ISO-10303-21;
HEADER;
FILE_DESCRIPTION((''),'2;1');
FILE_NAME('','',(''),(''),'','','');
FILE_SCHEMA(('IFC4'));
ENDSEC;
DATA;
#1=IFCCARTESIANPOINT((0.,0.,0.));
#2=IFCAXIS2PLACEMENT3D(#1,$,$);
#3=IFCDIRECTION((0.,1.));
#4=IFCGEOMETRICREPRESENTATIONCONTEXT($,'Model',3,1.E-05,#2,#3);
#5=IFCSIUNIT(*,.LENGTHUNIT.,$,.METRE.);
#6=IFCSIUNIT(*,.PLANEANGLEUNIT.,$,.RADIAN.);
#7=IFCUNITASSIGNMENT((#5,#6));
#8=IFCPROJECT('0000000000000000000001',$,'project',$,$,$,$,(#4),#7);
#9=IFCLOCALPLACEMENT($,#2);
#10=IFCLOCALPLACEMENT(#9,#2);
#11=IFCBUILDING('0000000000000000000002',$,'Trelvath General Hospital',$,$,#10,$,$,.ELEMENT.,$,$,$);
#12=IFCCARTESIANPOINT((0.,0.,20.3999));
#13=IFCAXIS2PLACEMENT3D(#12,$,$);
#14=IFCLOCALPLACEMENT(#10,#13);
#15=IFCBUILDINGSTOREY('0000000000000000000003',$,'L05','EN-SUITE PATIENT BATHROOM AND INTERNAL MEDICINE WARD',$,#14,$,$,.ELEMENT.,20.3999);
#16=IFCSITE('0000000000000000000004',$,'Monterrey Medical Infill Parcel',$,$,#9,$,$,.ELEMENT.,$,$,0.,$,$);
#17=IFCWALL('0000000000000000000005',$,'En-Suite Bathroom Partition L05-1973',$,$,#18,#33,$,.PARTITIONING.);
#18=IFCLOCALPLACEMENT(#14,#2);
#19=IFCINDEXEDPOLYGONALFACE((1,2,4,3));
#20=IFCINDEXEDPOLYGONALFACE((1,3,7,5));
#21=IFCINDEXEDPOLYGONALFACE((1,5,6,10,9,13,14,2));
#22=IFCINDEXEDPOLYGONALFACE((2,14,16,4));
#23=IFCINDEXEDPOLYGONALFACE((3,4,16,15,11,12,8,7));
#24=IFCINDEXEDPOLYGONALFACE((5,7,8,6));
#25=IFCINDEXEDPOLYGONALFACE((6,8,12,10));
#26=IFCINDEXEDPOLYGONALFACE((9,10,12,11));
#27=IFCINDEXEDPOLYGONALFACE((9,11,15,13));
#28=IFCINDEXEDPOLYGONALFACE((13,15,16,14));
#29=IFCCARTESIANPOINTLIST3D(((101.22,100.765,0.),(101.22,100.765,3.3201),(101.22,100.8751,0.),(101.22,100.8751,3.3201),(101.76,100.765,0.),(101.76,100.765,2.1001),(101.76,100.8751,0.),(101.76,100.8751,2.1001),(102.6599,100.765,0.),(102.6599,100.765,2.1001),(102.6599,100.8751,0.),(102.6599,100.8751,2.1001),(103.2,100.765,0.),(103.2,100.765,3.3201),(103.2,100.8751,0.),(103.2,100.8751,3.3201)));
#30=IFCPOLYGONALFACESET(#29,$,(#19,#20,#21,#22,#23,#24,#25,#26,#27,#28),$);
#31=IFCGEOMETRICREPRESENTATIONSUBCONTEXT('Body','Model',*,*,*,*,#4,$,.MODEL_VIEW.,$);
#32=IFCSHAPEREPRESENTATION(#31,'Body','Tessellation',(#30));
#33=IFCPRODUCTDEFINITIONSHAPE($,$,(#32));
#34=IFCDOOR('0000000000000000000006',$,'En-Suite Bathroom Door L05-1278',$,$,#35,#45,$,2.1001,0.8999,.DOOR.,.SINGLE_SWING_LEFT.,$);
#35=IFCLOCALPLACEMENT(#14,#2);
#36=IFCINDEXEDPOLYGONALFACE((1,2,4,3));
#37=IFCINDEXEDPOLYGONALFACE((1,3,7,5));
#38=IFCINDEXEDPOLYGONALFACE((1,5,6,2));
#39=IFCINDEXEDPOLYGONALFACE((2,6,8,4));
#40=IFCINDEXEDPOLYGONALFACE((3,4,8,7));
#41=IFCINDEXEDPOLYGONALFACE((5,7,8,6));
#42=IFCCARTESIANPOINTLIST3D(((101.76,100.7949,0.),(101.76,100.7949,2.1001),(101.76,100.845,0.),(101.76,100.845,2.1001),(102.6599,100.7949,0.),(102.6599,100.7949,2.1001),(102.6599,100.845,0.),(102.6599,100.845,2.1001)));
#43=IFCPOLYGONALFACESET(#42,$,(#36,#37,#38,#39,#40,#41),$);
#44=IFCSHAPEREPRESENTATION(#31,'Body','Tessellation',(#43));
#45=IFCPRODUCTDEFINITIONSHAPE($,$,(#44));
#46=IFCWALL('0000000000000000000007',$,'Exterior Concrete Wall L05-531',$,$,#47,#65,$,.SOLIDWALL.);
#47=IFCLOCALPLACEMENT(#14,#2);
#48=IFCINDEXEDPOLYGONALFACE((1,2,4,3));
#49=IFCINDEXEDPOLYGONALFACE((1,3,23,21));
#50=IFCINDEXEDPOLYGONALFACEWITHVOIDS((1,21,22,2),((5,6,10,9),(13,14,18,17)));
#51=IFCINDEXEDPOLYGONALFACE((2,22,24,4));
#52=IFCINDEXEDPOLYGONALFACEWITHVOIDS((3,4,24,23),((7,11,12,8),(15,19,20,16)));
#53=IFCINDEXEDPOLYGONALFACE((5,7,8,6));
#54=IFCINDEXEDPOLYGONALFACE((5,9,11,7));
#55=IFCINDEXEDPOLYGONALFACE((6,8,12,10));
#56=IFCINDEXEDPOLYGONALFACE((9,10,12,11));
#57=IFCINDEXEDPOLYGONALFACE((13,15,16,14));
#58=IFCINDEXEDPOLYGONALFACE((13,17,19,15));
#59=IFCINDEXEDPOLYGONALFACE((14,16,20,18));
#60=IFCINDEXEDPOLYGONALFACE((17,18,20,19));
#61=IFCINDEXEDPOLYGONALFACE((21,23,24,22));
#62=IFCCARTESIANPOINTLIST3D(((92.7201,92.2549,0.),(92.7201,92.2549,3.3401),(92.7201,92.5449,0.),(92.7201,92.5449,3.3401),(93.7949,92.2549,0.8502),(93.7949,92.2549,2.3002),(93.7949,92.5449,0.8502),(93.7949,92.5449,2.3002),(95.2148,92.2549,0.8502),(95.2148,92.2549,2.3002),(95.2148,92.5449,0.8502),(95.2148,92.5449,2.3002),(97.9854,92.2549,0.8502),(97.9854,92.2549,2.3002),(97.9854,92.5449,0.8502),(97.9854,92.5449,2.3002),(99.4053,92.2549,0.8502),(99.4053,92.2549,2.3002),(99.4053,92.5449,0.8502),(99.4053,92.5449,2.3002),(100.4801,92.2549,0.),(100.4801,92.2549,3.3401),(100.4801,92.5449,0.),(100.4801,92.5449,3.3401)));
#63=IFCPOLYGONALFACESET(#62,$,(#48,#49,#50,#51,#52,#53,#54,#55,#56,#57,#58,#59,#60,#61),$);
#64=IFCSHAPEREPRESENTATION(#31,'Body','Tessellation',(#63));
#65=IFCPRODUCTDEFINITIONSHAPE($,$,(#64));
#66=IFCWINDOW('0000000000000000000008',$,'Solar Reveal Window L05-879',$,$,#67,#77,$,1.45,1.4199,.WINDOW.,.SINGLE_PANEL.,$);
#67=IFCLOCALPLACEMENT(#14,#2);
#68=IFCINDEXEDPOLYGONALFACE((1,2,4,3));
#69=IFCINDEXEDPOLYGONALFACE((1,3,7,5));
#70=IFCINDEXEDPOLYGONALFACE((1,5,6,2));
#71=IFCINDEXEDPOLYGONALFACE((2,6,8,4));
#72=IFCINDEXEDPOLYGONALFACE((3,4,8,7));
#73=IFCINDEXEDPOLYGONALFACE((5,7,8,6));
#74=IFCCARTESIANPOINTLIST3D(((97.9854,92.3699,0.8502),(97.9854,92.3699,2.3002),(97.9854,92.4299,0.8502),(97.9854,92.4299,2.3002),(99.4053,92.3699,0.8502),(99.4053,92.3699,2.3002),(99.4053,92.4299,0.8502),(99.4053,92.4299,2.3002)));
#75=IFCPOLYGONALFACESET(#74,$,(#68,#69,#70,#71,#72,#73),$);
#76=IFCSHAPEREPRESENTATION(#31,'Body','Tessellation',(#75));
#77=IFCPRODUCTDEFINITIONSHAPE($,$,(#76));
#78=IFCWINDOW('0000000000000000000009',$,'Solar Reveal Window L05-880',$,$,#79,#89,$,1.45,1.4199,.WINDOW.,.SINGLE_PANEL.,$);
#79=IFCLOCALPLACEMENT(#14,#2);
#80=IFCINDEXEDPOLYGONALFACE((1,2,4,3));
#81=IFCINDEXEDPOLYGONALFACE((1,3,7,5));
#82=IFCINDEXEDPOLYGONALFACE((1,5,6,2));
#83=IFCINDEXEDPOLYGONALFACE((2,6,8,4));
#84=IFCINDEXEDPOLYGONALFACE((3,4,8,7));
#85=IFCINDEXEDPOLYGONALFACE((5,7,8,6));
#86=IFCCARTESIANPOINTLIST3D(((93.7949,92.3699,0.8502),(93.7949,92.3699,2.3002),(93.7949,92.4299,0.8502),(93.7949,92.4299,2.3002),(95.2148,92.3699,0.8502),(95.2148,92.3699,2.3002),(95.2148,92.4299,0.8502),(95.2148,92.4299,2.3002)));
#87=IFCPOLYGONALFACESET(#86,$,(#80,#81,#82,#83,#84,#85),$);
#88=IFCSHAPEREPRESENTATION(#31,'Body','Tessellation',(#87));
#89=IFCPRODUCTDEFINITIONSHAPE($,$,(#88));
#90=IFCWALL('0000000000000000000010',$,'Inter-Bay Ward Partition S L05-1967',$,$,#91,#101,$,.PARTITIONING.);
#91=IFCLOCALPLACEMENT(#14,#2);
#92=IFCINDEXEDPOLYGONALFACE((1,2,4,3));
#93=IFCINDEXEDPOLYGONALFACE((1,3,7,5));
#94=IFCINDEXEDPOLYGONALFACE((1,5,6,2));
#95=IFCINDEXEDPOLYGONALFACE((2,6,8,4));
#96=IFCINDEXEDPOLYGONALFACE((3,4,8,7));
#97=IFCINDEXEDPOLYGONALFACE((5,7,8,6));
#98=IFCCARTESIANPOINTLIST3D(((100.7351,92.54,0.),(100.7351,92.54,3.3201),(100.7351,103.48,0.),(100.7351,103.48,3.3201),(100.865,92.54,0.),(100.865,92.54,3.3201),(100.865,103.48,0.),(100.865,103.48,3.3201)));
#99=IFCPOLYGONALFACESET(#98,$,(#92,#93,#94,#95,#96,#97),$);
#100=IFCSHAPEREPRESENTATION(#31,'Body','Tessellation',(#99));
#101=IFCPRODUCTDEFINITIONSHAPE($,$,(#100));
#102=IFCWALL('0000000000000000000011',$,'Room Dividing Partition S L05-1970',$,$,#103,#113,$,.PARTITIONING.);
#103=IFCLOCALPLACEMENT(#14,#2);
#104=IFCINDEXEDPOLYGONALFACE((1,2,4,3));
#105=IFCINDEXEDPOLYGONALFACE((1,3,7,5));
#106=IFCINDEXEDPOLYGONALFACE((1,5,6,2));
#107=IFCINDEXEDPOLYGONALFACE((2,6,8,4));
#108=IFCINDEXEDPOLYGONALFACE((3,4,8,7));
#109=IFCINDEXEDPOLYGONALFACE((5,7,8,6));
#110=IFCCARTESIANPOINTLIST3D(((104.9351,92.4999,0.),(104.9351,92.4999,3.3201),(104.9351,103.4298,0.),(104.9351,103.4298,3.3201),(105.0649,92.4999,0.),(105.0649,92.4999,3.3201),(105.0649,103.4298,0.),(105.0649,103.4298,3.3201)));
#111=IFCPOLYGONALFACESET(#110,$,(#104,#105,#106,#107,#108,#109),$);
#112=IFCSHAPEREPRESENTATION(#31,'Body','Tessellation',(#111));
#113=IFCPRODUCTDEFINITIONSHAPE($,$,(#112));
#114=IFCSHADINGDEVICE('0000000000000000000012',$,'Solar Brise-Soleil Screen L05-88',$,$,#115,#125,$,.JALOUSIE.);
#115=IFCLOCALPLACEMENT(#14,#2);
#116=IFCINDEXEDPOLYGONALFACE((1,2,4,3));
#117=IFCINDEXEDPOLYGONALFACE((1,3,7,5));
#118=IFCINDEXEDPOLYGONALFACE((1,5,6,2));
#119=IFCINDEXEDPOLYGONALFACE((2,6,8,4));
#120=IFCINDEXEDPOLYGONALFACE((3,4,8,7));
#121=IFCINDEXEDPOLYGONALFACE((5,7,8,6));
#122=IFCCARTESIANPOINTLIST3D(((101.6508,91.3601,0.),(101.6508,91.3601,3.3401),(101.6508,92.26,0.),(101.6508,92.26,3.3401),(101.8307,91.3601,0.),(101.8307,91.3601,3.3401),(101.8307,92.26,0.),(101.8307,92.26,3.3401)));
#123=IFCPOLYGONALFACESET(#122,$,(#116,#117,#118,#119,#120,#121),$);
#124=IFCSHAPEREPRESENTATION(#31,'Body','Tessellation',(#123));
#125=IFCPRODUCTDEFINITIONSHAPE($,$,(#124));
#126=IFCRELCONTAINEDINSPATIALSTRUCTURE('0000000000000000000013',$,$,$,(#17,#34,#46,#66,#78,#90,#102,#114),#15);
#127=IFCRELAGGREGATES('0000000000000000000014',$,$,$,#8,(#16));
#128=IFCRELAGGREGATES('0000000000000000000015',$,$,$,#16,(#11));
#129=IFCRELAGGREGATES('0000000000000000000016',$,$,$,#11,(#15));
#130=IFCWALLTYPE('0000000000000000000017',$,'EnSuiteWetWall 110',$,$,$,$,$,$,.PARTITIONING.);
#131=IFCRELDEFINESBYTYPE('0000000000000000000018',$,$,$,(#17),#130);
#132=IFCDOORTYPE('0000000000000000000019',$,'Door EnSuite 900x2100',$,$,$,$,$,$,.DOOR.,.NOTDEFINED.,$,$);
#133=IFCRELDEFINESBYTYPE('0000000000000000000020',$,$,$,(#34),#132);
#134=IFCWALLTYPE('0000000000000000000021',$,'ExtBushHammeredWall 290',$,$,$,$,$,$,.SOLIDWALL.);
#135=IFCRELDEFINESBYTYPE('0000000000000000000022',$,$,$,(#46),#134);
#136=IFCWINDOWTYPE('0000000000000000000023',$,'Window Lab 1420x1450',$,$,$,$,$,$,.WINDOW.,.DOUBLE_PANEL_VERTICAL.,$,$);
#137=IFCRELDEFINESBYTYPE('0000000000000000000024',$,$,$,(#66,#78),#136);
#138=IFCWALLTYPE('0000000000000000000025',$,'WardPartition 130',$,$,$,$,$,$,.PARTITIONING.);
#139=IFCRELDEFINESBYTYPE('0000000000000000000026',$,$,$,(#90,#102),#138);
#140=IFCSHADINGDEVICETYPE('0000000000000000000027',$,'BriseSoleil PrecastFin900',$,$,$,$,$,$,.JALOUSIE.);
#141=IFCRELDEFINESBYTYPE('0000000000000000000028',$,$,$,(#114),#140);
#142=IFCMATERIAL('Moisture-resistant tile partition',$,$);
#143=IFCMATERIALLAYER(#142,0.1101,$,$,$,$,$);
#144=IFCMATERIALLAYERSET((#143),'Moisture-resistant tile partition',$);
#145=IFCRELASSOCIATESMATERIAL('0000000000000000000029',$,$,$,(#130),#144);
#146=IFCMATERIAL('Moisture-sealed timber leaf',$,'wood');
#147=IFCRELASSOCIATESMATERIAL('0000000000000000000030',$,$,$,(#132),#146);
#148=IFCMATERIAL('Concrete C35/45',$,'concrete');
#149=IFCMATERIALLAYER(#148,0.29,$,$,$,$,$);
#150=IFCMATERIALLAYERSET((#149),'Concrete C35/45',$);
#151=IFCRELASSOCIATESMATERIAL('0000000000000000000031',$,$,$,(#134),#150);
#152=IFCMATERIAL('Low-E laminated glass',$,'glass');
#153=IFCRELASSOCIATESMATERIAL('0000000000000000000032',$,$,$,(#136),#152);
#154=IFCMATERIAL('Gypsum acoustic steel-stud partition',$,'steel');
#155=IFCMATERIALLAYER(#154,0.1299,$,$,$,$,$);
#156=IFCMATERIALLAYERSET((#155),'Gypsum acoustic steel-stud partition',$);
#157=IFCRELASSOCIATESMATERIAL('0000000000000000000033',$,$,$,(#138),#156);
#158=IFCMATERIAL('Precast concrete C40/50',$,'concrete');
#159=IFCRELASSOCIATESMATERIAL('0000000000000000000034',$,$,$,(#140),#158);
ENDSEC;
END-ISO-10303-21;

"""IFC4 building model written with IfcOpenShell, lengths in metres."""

from ifc_helpers import new_model, si_unit, direction, frame, frame_2d, origin, origin_2d, place, context, subcontext, project, spatial, rectangle, extrude, material, layer, layer_set, type_object, element, fill, save


model = new_model("IFC4")

# Units and contexts
model_context = context("Model", 3, precision=1e-05, world=origin(), true_north=direction((0.0, 1.0)))
body_context = subcontext(model_context, "Body", "Model", "MODEL_VIEW")
ifc_project = project(units=[si_unit("LENGTHUNIT", "METRE"), si_unit("PLANEANGLEUNIT", "RADIAN")], contexts=[model_context])

# Site, building, storey
site_placement = place(None, origin())
site = spatial("IfcSite", under=ifc_project, at=site_placement, Name="Monterrey Medical Infill Parcel", CompositionType="ELEMENT", RefElevation=0.0)
building_placement = place(site_placement, origin())
building = spatial("IfcBuilding", under=site, at=building_placement, Name="Trelvath General Hospital", CompositionType="ELEMENT")
storey_placement = place(building_placement, frame((0.0, 0.0, 20.3999)))
storey = spatial("IfcBuildingStorey", under=building, at=storey_placement, Name="L05", Description="EN-SUITE PATIENT BATHROOM AND INTERNAL MEDICINE WARD", CompositionType="ELEMENT", Elevation=20.3999)

# Shared definitions
ifc_material_1 = material(Name="Moisture-resistant tile partition")
ifc_layer_1 = layer(ifc_material_1, 0.1101)
ifc_layer_set_1 = layer_set([ifc_layer_1], Name="Moisture-resistant tile partition")
wall_type_1 = type_object("IfcWallType", Name="EnSuiteWetWall 110", PredefinedType="PARTITIONING", material=ifc_layer_set_1)

# Wall, opening, door
wall_1_placement = place(storey_placement, frame((101.22, 100.8201, 0.0), z_axis=(0.0, 0.0, 1.0), x_axis=(1.0, 0.0, 0.0)))
wall_1 = element("IfcWall", 1, at=wall_1_placement, inside=storey, type_object=wall_type_1, Name="En-Suite Bathroom Partition L05-1973", PredefinedType="PARTITIONING", context=body_context, shape_type="SweptSolid", body=[
    extrude(rectangle(XDim=1.98, YDim=0.1101, at=frame_2d((0.99, 0.0))), origin(), (0.0, 0.0, 1.0), 3.3201),
])
opening_1_placement = place(wall_1_placement, frame((0.54, 0.0, 0.0)))
opening_1 = element("IfcOpeningElement", 2, at=opening_1_placement, cuts=wall_1, PredefinedType="OPENING", context=body_context, shape_type="SweptSolid", body=[
    extrude(rectangle(XDim=0.8999, YDim=2.1001, at=frame_2d((0.45, 1.05))), frame((0.0, 0.0649, 0.0), z_axis=(0.0, -1.0, 0.0), x_axis=(1.0, 0.0, 0.0)), (0.0, 0.0, 1.0), 0.1301),
])
ifc_material_2 = material(Name="Moisture-sealed timber leaf", Category="wood")
door_type = type_object("IfcDoorType", Name="Door EnSuite 900x2100", OperationType="NOTDEFINED", PredefinedType="DOOR", material=ifc_material_2)
door_placement = place(opening_1_placement, origin())
door = element("IfcDoor", 3, at=door_placement, inside=storey, type_object=door_type, Name="En-Suite Bathroom Door L05-1278", OperationType="SINGLE_SWING_LEFT", OverallHeight=2.1001, OverallWidth=0.8999, PredefinedType="DOOR", context=body_context, shape_type="SweptSolid", body=[
    extrude(rectangle(XDim=0.8999, YDim=2.1001, at=frame_2d((0.45, 1.05))), frame((0.0, 0.0249, 0.0), z_axis=(0.0, -1.0, 0.0), x_axis=(1.0, 0.0, 0.0)), (0.0, 0.0, 1.0), 0.05),
])
fill(opening_1, door)

# Wall, openings, windows
ifc_material_3 = material(Name="Concrete C35/45", Category="concrete")
ifc_layer_2 = layer(ifc_material_3, 0.29)
ifc_layer_set_2 = layer_set([ifc_layer_2], Name="Concrete C35/45")
wall_type_2 = type_object("IfcWallType", Name="ExtBushHammeredWall 290", PredefinedType="SOLIDWALL", material=ifc_layer_set_2)
wall_2_placement = place(storey_placement, frame((100.48, 92.3999, 0.0), z_axis=(0.0, 0.0, 1.0), x_axis=(-1.0, 0.0, 0.0)))
wall_2 = element("IfcWall", 4, at=wall_2_placement, inside=storey, type_object=wall_type_2, Name="Exterior Concrete Wall L05-531", PredefinedType="SOLIDWALL", context=body_context, shape_type="SweptSolid", body=[
    extrude(rectangle(XDim=7.76, YDim=0.29, at=frame_2d((3.8799, 0.0))), origin(), (0.0, 0.0, 1.0), 3.3401),
])
opening_2_placement = place(wall_2_placement, frame((1.0747, 0.0, 0.8501)))
opening_2 = element("IfcOpeningElement", 5, at=opening_2_placement, cuts=wall_2, PredefinedType="OPENING", context=body_context, shape_type="SweptSolid", body=[
    extrude(rectangle(XDim=1.4199, YDim=1.45, at=frame_2d((0.71, 0.7251))), frame((0.0, 0.155, 0.0), z_axis=(0.0, -1.0, 0.0), x_axis=(1.0, 0.0, 0.0)), (0.0, 0.0, 1.0), 0.3101),
])
opening_3_placement = place(wall_2_placement, frame((5.2651, 0.0, 0.8501)))
opening_3 = element("IfcOpeningElement", 6, at=opening_3_placement, cuts=wall_2, PredefinedType="OPENING", context=body_context, shape_type="SweptSolid", body=[
    extrude(rectangle(XDim=1.4199, YDim=1.45, at=frame_2d((0.71, 0.7251))), frame((0.0, 0.155, 0.0), z_axis=(0.0, -1.0, 0.0), x_axis=(1.0, 0.0, 0.0)), (0.0, 0.0, 1.0), 0.3101),
])
ifc_material_4 = material(Name="Low-E laminated glass", Category="glass")
window_type = type_object("IfcWindowType", Name="Window Lab 1420x1450", PartitioningType="DOUBLE_PANEL_VERTICAL", PredefinedType="WINDOW", material=ifc_material_4)
window_1_placement = place(opening_2_placement, origin())
window_1 = element("IfcWindow", 7, at=window_1_placement, inside=storey, type_object=window_type, Name="Solar Reveal Window L05-879", OverallHeight=1.45, OverallWidth=1.4199, PartitioningType="SINGLE_PANEL", PredefinedType="WINDOW", context=body_context, shape_type="SweptSolid", body=[
    extrude(rectangle(XDim=1.4199, YDim=1.45, at=frame_2d((0.71, 0.7251))), frame((0.0, 0.03, 0.0), z_axis=(0.0, -1.0, 0.0), x_axis=(1.0, 0.0, 0.0)), (0.0, 0.0, 1.0), 0.0601),
])
fill(opening_2, window_1)
window_2_placement = place(opening_3_placement, origin())
window_2 = element("IfcWindow", 8, at=window_2_placement, inside=storey, type_object=window_type, Name="Solar Reveal Window L05-880", OverallHeight=1.45, OverallWidth=1.4199, PartitioningType="SINGLE_PANEL", PredefinedType="WINDOW", context=body_context, shape_type="SweptSolid", body=[
    extrude(rectangle(XDim=1.4199, YDim=1.45, at=frame_2d((0.71, 0.7251))), frame((0.0, 0.03, 0.0), z_axis=(0.0, -1.0, 0.0), x_axis=(1.0, 0.0, 0.0)), (0.0, 0.0, 1.0), 0.0601),
])
fill(opening_3, window_2)

# Walls
ifc_material_5 = material(Name="Gypsum acoustic steel-stud partition", Category="steel")
ifc_layer_3 = layer(ifc_material_5, 0.1299)
ifc_layer_set_3 = layer_set([ifc_layer_3], Name="Gypsum acoustic steel-stud partition")
wall_type_3 = type_object("IfcWallType", Name="WardPartition 130", PredefinedType="PARTITIONING", material=ifc_layer_set_3)
wall_3_placement = place(storey_placement, frame((100.8, 92.54, 0.0), z_axis=(0.0, 0.0, 1.0), x_axis=(0.0, 1.0, 0.0)))
element("IfcWall", 9, at=wall_3_placement, inside=storey, type_object=wall_type_3, Name="Inter-Bay Ward Partition S L05-1967", PredefinedType="PARTITIONING", context=body_context, shape_type="SweptSolid", body=[
    extrude(rectangle(XDim=10.9399, YDim=0.1299, at=frame_2d((5.47, 0.0))), origin(), (0.0, 0.0, 1.0), 3.3201),
])
wall_4_placement = place(storey_placement, frame((105.0, 92.5, 0.0), z_axis=(0.0, 0.0, 1.0), x_axis=(0.0, 1.0, 0.0)))
element("IfcWall", 10, at=wall_4_placement, inside=storey, type_object=wall_type_3, Name="Room Dividing Partition S L05-1970", PredefinedType="PARTITIONING", context=body_context, shape_type="SweptSolid", body=[
    extrude(rectangle(XDim=10.9299, YDim=0.1299, at=frame_2d((5.4648, 0.0))), origin(), (0.0, 0.0, 1.0), 3.3201),
])

# Shading device
ifc_material_6 = material(Name="Precast concrete C40/50", Category="concrete")
shading_device_type = type_object("IfcShadingDeviceType", Name="BriseSoleil PrecastFin900", PredefinedType="JALOUSIE", material=ifc_material_6)
shading_device_placement = place(storey_placement, frame((101.7407, 91.8101, 0.0), z_axis=(0.0, 0.0, 1.0), x_axis=(0.0, -1.0, 0.0)))
element("IfcShadingDevice", 11, at=shading_device_placement, inside=storey, type_object=shading_device_type, Name="Solar Brise-Soleil Screen L05-88", PredefinedType="JALOUSIE", context=body_context, shape_type="SweptSolid", body=[
    extrude(rectangle(XDim=0.8999, YDim=0.1799, at=origin_2d()), origin(), (0.0, 0.0, 1.0), 3.3401),
])

save(model, "model.ifc")
